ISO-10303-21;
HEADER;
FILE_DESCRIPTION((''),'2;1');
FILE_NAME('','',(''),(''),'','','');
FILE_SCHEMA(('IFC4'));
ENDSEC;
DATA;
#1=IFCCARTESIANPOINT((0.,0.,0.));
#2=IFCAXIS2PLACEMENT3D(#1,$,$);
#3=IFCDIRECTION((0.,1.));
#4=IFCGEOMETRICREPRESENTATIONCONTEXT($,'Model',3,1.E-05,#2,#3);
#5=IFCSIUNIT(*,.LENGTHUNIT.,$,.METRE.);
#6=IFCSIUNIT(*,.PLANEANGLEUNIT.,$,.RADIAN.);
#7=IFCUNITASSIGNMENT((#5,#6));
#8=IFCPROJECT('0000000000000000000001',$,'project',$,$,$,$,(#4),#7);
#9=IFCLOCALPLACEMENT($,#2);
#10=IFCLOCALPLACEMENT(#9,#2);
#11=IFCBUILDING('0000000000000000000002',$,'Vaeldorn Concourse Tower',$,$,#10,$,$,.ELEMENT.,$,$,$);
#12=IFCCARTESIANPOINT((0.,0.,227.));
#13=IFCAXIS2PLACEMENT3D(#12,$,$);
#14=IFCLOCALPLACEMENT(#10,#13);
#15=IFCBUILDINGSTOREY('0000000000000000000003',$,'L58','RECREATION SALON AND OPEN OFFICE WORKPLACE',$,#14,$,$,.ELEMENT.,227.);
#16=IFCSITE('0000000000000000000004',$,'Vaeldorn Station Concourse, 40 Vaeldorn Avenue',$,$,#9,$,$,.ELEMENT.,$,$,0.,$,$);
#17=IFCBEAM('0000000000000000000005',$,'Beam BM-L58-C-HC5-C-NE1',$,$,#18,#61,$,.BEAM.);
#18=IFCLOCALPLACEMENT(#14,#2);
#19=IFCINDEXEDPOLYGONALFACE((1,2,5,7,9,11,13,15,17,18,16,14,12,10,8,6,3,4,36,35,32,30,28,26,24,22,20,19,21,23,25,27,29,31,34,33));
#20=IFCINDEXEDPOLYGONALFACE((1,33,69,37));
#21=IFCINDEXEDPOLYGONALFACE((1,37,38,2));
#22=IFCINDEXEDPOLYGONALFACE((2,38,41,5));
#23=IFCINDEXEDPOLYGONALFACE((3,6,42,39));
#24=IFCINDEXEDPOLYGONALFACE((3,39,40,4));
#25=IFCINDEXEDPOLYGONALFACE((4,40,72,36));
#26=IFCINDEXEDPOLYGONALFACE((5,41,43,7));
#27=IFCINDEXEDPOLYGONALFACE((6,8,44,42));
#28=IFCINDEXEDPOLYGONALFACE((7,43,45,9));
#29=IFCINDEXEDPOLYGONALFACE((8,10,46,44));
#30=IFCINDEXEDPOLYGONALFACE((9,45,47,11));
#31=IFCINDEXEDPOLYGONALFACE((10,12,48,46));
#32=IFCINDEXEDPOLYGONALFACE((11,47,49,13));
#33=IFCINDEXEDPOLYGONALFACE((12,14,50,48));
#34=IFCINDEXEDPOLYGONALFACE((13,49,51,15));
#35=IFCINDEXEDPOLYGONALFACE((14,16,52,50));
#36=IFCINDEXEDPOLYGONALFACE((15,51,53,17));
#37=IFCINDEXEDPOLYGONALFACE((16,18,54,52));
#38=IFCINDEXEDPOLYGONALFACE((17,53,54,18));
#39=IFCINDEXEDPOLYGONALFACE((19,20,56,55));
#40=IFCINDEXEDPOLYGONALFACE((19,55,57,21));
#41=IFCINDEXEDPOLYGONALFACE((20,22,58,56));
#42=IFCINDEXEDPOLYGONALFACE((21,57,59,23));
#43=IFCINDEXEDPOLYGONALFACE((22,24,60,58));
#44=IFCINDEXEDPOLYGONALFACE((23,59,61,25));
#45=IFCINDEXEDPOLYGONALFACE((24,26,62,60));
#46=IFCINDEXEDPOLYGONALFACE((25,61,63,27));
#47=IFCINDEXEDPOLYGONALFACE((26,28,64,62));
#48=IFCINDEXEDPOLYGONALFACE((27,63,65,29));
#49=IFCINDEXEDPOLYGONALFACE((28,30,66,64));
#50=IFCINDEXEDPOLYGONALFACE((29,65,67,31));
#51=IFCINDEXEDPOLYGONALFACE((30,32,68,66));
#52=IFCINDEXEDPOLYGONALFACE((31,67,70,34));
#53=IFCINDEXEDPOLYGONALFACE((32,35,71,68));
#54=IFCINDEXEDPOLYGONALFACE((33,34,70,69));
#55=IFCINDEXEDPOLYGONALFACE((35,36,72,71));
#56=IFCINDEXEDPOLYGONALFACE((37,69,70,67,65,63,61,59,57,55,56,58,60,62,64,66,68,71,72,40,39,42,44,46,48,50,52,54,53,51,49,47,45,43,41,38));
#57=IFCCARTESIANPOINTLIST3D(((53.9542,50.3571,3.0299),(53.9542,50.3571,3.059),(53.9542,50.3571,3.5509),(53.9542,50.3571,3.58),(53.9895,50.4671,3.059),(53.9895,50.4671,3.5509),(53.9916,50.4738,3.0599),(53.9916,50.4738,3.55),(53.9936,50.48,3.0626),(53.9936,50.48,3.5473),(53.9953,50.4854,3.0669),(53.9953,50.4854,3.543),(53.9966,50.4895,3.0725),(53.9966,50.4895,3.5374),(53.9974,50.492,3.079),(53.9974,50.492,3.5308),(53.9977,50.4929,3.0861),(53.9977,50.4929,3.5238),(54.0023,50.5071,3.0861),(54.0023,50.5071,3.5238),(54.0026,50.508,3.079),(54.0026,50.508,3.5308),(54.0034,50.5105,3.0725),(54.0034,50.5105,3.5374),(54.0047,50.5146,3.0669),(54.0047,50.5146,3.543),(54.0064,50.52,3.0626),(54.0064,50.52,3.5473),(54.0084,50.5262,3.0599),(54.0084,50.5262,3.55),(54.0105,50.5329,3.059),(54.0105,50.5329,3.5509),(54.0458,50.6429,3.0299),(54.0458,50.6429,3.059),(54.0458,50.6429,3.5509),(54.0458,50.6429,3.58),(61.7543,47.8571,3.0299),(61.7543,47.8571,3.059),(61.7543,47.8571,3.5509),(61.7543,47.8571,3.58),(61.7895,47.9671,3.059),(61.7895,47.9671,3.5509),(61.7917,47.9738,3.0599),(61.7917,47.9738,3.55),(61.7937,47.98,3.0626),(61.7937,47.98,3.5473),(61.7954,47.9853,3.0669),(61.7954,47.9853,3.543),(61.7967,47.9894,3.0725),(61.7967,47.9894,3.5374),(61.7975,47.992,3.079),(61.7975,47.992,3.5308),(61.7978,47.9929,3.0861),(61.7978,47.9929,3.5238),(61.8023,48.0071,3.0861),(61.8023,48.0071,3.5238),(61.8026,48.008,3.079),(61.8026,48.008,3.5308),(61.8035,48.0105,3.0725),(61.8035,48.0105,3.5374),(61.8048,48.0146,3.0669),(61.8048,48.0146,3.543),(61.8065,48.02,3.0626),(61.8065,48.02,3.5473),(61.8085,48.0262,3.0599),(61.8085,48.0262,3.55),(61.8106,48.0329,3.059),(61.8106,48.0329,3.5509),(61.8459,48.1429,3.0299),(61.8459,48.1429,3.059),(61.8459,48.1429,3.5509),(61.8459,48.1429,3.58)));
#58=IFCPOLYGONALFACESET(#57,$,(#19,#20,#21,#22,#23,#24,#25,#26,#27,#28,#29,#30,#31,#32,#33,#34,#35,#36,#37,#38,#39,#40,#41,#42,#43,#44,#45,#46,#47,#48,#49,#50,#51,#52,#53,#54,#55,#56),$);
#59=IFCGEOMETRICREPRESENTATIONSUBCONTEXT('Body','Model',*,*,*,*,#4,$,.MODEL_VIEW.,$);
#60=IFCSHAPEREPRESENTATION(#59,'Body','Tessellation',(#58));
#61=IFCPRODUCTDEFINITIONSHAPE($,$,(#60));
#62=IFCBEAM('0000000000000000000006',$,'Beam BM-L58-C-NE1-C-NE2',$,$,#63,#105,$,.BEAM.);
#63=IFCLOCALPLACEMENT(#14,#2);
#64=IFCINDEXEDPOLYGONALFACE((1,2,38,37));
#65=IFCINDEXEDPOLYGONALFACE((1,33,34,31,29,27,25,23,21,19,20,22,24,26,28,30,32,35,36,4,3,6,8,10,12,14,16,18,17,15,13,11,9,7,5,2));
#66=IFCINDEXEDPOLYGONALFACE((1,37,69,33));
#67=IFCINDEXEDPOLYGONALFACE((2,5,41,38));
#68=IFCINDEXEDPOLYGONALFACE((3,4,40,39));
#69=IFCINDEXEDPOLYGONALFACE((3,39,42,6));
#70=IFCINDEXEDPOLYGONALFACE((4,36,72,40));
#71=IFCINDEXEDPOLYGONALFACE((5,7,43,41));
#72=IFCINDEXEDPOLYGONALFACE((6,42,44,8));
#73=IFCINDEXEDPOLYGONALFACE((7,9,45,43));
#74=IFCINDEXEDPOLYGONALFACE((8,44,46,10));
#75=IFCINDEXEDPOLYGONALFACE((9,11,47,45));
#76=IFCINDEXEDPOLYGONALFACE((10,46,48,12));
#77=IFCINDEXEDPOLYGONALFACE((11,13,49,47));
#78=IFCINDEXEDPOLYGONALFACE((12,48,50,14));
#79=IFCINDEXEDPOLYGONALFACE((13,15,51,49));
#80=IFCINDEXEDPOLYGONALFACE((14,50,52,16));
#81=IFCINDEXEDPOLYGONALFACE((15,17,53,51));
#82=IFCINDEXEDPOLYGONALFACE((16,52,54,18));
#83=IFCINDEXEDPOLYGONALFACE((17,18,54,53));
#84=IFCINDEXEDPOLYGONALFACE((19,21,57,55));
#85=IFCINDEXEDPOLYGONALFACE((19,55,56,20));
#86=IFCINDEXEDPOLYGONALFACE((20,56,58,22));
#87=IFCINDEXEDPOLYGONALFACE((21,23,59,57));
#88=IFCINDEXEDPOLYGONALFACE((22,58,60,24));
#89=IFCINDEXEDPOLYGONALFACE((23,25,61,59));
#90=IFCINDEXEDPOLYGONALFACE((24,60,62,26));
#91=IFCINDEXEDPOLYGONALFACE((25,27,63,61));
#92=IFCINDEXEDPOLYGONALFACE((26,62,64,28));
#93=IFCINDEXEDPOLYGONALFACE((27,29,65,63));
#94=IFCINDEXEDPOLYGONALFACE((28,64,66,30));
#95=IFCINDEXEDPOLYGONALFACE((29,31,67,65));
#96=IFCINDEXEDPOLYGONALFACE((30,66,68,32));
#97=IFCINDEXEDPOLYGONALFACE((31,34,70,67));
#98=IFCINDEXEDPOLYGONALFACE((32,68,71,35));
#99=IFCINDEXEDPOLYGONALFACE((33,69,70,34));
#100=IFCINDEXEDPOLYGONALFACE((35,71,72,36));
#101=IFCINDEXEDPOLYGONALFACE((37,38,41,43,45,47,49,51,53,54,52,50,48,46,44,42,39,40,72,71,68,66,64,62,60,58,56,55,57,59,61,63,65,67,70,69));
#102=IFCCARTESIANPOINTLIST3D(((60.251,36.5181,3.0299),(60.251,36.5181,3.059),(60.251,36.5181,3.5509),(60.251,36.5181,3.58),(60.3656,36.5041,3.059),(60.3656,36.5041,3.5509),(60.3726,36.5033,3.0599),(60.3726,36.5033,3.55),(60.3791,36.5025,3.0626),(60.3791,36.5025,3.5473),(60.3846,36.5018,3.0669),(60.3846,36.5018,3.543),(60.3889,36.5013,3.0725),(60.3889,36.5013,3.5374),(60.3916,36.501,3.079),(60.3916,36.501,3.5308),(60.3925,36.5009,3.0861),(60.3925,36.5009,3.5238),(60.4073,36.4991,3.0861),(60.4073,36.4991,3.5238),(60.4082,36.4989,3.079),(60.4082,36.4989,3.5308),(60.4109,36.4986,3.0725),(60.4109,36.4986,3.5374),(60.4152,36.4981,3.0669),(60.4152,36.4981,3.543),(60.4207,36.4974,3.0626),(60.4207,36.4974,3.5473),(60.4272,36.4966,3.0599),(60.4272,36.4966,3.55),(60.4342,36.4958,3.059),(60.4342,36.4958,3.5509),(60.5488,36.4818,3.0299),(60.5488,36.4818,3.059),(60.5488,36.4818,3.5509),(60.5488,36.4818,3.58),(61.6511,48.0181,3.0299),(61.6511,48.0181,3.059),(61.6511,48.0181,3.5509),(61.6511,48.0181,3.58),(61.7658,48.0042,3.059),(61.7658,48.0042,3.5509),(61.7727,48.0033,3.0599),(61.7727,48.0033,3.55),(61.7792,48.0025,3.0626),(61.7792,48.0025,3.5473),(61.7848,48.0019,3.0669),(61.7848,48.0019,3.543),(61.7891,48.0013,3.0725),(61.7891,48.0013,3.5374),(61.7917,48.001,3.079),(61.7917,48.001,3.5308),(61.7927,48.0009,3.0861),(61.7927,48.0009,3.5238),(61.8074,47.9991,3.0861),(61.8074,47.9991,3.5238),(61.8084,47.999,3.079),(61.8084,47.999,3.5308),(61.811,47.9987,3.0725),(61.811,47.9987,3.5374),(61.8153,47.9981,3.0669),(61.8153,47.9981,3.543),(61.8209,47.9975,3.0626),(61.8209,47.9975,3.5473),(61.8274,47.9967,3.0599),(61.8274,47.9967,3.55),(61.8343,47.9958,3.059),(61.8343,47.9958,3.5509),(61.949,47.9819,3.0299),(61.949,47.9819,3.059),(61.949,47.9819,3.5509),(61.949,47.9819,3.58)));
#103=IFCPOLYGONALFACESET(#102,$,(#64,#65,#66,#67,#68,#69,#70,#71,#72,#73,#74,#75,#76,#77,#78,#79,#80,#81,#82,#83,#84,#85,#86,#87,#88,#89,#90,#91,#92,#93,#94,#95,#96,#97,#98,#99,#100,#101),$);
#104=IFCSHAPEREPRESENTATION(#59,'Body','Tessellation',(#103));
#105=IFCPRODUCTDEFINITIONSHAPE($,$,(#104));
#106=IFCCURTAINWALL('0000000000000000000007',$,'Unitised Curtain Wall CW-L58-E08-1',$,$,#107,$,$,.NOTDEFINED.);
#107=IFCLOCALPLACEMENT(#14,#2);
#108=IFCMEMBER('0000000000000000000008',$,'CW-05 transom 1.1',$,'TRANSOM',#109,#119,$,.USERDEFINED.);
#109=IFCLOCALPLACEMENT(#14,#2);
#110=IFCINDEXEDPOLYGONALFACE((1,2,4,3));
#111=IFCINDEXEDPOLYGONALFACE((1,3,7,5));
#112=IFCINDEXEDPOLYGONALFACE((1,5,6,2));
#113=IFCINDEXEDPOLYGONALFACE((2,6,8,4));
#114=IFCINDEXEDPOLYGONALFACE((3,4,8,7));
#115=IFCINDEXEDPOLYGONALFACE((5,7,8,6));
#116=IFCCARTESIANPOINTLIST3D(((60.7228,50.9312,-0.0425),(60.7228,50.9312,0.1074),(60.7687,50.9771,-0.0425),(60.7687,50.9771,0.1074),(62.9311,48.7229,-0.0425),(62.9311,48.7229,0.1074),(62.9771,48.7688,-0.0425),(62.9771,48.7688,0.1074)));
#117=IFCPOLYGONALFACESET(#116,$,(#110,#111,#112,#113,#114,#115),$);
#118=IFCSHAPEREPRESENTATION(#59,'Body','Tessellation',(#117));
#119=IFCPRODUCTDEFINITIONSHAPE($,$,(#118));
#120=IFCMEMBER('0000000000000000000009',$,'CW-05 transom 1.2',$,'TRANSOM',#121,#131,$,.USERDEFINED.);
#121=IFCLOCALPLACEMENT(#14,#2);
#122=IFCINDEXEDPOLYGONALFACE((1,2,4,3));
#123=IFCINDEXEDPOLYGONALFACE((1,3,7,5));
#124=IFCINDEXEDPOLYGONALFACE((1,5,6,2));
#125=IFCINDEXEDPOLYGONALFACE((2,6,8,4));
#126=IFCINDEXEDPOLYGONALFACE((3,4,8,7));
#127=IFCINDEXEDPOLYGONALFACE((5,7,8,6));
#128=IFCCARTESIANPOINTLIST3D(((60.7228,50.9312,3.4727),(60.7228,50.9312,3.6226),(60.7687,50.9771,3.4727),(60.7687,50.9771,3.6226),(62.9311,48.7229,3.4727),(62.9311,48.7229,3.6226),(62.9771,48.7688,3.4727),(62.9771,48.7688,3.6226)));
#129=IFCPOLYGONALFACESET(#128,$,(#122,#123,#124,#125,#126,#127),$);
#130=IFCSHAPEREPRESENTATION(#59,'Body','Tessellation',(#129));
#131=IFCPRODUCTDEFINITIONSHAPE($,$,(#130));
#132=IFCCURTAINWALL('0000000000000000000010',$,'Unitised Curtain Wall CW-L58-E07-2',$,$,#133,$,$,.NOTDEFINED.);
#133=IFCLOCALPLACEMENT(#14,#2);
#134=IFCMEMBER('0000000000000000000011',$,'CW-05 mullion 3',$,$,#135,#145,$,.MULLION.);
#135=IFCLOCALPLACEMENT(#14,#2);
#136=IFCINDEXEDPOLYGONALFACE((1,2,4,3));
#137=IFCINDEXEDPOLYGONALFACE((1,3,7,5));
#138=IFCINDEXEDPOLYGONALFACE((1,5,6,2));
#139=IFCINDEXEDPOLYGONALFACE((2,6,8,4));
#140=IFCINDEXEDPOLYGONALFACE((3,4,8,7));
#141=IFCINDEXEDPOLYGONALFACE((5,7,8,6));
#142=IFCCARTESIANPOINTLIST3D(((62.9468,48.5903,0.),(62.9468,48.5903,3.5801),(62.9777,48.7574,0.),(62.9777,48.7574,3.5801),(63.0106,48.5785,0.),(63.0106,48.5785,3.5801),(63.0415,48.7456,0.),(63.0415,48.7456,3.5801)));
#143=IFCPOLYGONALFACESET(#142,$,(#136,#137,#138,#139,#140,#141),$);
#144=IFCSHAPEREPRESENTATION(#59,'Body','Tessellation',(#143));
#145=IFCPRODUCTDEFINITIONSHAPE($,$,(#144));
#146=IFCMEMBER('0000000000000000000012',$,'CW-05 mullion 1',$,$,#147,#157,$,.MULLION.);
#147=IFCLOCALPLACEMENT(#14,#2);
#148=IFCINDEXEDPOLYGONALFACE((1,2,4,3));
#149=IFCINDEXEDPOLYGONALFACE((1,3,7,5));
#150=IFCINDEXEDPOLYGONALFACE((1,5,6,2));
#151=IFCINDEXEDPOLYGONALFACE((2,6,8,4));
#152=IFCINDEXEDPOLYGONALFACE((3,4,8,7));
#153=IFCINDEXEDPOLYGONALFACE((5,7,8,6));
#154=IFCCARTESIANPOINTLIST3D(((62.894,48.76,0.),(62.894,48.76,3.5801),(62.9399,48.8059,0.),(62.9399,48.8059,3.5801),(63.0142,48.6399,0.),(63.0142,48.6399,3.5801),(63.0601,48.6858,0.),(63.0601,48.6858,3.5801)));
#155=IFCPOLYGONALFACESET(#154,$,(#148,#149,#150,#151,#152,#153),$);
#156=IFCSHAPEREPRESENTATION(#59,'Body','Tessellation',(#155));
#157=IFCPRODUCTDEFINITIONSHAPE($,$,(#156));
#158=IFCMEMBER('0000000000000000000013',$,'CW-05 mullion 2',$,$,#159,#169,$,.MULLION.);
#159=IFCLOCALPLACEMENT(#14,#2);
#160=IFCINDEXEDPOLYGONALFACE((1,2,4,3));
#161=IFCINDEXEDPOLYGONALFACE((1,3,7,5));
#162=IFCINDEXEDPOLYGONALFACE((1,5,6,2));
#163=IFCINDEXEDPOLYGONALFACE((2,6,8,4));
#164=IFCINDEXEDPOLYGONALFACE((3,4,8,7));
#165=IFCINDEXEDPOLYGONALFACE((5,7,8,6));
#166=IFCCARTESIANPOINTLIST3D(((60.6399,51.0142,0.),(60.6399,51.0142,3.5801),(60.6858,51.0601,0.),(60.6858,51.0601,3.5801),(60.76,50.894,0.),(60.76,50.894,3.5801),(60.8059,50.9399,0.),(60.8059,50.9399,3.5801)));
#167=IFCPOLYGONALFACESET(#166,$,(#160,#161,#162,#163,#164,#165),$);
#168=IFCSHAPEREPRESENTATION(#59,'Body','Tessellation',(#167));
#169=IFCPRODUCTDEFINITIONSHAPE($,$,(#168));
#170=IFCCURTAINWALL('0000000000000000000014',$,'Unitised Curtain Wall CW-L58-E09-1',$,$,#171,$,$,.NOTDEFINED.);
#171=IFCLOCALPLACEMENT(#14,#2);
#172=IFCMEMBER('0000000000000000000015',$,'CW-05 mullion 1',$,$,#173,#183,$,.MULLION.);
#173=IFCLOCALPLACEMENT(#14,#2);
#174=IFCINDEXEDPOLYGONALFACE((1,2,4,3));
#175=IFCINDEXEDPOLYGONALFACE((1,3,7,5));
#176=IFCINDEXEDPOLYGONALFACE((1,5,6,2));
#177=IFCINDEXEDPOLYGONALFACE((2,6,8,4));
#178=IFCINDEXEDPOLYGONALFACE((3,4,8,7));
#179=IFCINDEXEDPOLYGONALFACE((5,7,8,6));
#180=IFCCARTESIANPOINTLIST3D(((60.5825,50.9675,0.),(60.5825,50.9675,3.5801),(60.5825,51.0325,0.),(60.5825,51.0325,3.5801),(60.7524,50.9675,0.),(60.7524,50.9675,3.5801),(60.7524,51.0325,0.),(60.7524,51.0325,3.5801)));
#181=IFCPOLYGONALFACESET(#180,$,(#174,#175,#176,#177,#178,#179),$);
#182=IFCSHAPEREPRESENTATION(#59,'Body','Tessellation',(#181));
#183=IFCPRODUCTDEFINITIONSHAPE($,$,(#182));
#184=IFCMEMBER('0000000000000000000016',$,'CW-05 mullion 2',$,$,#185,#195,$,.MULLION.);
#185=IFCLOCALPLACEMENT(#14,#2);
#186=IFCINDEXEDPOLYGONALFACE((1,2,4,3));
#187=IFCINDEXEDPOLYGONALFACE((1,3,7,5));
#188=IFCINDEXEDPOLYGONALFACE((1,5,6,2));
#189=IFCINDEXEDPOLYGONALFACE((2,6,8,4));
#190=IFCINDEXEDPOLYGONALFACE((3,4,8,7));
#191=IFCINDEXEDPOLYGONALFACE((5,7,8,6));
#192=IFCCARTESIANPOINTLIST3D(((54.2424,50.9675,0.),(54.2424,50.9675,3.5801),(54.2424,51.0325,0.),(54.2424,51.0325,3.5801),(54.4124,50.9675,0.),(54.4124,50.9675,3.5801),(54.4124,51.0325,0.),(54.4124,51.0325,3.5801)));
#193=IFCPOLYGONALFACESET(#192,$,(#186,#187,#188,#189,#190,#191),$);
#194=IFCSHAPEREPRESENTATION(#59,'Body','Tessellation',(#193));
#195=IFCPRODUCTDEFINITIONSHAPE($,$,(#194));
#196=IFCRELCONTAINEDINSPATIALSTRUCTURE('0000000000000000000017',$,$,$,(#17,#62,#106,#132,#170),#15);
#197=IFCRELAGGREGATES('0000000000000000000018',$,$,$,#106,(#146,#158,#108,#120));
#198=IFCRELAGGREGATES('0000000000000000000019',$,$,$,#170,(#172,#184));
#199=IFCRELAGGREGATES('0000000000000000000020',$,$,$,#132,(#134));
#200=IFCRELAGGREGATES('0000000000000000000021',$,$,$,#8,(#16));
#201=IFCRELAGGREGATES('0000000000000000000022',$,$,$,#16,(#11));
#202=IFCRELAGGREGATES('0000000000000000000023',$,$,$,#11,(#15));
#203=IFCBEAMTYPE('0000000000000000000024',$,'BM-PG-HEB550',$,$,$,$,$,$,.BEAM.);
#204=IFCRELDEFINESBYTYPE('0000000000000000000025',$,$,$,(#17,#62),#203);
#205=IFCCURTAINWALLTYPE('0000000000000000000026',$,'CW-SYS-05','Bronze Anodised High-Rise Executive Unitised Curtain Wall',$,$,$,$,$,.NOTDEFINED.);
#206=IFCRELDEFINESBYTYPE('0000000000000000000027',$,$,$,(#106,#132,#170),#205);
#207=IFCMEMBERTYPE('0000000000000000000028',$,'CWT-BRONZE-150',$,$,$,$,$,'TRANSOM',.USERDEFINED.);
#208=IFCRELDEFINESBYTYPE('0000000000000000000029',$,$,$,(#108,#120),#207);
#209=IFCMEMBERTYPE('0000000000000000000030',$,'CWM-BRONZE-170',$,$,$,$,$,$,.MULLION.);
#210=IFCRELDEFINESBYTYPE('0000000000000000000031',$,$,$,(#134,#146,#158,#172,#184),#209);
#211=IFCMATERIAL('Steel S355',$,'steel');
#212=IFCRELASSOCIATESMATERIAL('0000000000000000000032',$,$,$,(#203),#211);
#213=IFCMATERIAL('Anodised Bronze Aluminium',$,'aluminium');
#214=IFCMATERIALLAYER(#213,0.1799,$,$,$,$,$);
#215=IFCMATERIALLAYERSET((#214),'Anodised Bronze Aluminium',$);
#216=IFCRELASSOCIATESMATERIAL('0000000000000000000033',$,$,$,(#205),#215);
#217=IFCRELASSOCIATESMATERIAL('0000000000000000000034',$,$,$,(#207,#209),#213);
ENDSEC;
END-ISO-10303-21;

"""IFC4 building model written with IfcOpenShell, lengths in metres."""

from ifc_helpers import new_model, si_unit, direction, frame, origin, origin_2d, place, context, subcontext, project, spatial, rectangle, i_section, extrude, source, transform, mapped, material, layer, layer_set, material_profile, profile_set, type_object, element, aggregate, save


model = new_model("IFC4")

# Units and contexts
model_context = context("Model", 3, precision=1e-05, world=origin(), true_north=direction((0.0, 1.0)))
body_context = subcontext(model_context, "Body", "Model", "MODEL_VIEW")
ifc_project = project(units=[si_unit("LENGTHUNIT", "METRE"), si_unit("PLANEANGLEUNIT", "RADIAN")], contexts=[model_context])

# Site, building, storey
site_placement = place(None, origin())
site = spatial("IfcSite", under=ifc_project, at=site_placement, Name="Vaeldorn Station Concourse, 40 Vaeldorn Avenue", CompositionType="ELEMENT", RefElevation=0.0)
building_placement = place(site_placement, origin())
building = spatial("IfcBuilding", under=site, at=building_placement, Name="Vaeldorn Concourse Tower", CompositionType="ELEMENT")
storey_placement = place(building_placement, frame((0.0, 0.0, 227.0)))
storey = spatial("IfcBuildingStorey", under=building, at=storey_placement, Name="L58", Description="RECREATION SALON AND OPEN OFFICE WORKPLACE", CompositionType="ELEMENT", Elevation=227.0)

# Shared definitions
ifc_material_1 = material(Name="Steel S355", Category="steel")

# Beams
ifc_material_profile_1 = material_profile(ifc_material_1, i_section(OverallWidth=0.3, OverallDepth=0.55, WebThickness=0.0149, FlangeThickness=0.0291, FilletRadius=0.0271, at=origin_2d()), Name="HEB 550")
ifc_profile_set_1 = profile_set([ifc_material_profile_1], Name="Steel S355")
beam_type_1 = type_object("IfcBeamType", Name="BM-PG-HEB550", PredefinedType="BEAM", material=ifc_profile_set_1)
shared_shape_1 = source(origin(), body_context, "Body", "SweptSolid", [
    extrude(i_section(OverallWidth=0.3, OverallDepth=0.55, WebThickness=0.0149, FlangeThickness=0.0291, FilletRadius=0.0271, at=origin_2d()), origin(), (0.0, 0.0, 1.0), 8.1909),
])
beam_1_placement = place(storey_placement, frame((54.0, 50.5, 3.3049), z_axis=(0.952283, -0.305217, 0.0), x_axis=(0.305217, 0.952283, 0.0)))
element("IfcBeam", 1, at=beam_1_placement, inside=storey, type_object=beam_type_1, Name="Beam BM-L58-C-HC5-C-NE1", PredefinedType="BEAM", context=body_context, shape_type="MappedRepresentation", body=[
    mapped(shared_shape_1, transform((0.0, 0.0, 0.0), scale=1.0)),
])
shared_shape_2 = source(origin(), body_context, "Body", "SweptSolid", [
    extrude(i_section(OverallWidth=0.3, OverallDepth=0.55, WebThickness=0.0149, FlangeThickness=0.0291, FilletRadius=0.0271, at=origin_2d()), origin(), (0.0, 0.0, 1.0), 11.585),
])
beam_2_placement = place(storey_placement, frame((61.8, 48.0, 3.3049), z_axis=(-0.120859, -0.99267, 0.0), x_axis=(0.99267, -0.120859, 0.0)))
element("IfcBeam", 2, at=beam_2_placement, inside=storey, type_object=beam_type_1, Name="Beam BM-L58-C-NE1-C-NE2", PredefinedType="BEAM", context=body_context, shape_type="MappedRepresentation", body=[
    mapped(shared_shape_2, transform((0.0, 0.0, 0.0), scale=1.0)),
])

# Curtain wall, members
ifc_material_2 = material(Name="Anodised Bronze Aluminium", Category="aluminium")
ifc_layer_1 = layer(ifc_material_2, 0.1799)
ifc_layer_set_1 = layer_set([ifc_layer_1], Name="Anodised Bronze Aluminium")
curtain_wall_type = type_object("IfcCurtainWallType", Name="CW-SYS-05", Description="Bronze Anodised High-Rise Executive Unitised Curtain Wall", PredefinedType="NOTDEFINED", material=ifc_layer_set_1)
curtain_wall_1_placement = place(storey_placement, origin())
curtain_wall_1 = element("IfcCurtainWall", 3, at=curtain_wall_1_placement, inside=storey, type_object=curtain_wall_type, Name="Unitised Curtain Wall CW-L58-E08-1", PredefinedType="NOTDEFINED")
ifc_material_profile_2 = material_profile(ifc_material_2, rectangle(XDim=0.0649, YDim=0.1499, at=origin_2d()), Name="CWT 65x150")
ifc_profile_set_2 = profile_set([ifc_material_profile_2], Name="Anodised Bronze Aluminium")
member_type_1 = type_object("IfcMemberType", Name="CWT-BRONZE-150", ElementType="TRANSOM", PredefinedType="USERDEFINED", material=ifc_profile_set_2)
shared_shape_3 = source(origin(), body_context, "Body", "SweptSolid", [
    extrude(rectangle(XDim=0.0649, YDim=0.1499, at=origin_2d()), origin(), (0.0, 0.0, 1.0), 3.123),
])
member_1_placement = place(storey_placement, frame((62.9541, 48.7458, 0.0325), z_axis=(-0.707107, 0.707107, 0.0), x_axis=(-0.707107, -0.707107, 0.0)))
member_1 = element("IfcMember", 4, at=member_1_placement, type_object=member_type_1, Name="CW-05 transom 1.1", ObjectType="TRANSOM", PredefinedType="USERDEFINED", context=body_context, shape_type="MappedRepresentation", body=[
    mapped(shared_shape_3, transform((0.0, 0.0, 0.0), scale=1.0)),
])
member_2_placement = place(storey_placement, frame((62.9541, 48.7458, 3.5476), z_axis=(-0.707107, 0.707107, 0.0), x_axis=(-0.707107, -0.707107, 0.0)))
member_2 = element("IfcMember", 5, at=member_2_placement, type_object=member_type_1, Name="CW-05 transom 1.2", ObjectType="TRANSOM", PredefinedType="USERDEFINED", context=body_context, shape_type="MappedRepresentation", body=[
    mapped(shared_shape_3, transform((0.0, 0.0, 0.0), scale=1.0)),
])

# Curtain wall, member
curtain_wall_2_placement = place(storey_placement, origin())
curtain_wall_2 = element("IfcCurtainWall", 6, at=curtain_wall_2_placement, inside=storey, type_object=curtain_wall_type, Name="Unitised Curtain Wall CW-L58-E07-2", PredefinedType="NOTDEFINED")
ifc_material_profile_3 = material_profile(ifc_material_2, rectangle(XDim=0.0649, YDim=0.1699, at=origin_2d()), Name="CWM 65x170")
ifc_profile_set_3 = profile_set([ifc_material_profile_3], Name="Anodised Bronze Aluminium")
member_type_2 = type_object("IfcMemberType", Name="CWM-BRONZE-170", PredefinedType="MULLION", material=ifc_profile_set_3)
shared_shape_4 = source(origin(), body_context, "Body", "SweptSolid", [
    extrude(rectangle(XDim=0.0649, YDim=0.1699, at=origin_2d()), origin(), (0.0, 0.0, 1.0), 3.5801),
])
member_3_placement = place(storey_placement, frame((62.9941, 48.668, 0.0), z_axis=(0.0, 0.0, 1.0), x_axis=(-0.983319, 0.181888, 0.0)))
member_3 = element("IfcMember", 7, at=member_3_placement, type_object=member_type_2, Name="CW-05 mullion 3", PredefinedType="MULLION", context=body_context, shape_type="MappedRepresentation", body=[
    mapped(shared_shape_4, transform((0.0, 0.0, 0.0), scale=1.0)),
])

# Members
member_4_placement = place(storey_placement, frame((62.9771, 48.7229, 0.0), z_axis=(0.0, 0.0, 1.0), x_axis=(-0.707107, -0.707107, 0.0)))
member_4 = element("IfcMember", 8, at=member_4_placement, type_object=member_type_2, Name="CW-05 mullion 1", PredefinedType="MULLION", context=body_context, shape_type="MappedRepresentation", body=[
    mapped(shared_shape_4, transform((0.0, 0.0, 0.0), scale=1.0)),
])
member_5_placement = place(storey_placement, frame((60.7229, 50.9771, 0.0), z_axis=(0.0, 0.0, 1.0), x_axis=(-0.707107, -0.707107, 0.0)))
member_5 = element("IfcMember", 9, at=member_5_placement, type_object=member_type_2, Name="CW-05 mullion 2", PredefinedType="MULLION", context=body_context, shape_type="MappedRepresentation", body=[
    mapped(shared_shape_4, transform((0.0, 0.0, 0.0), scale=1.0)),
])

# Curtain wall, members
curtain_wall_3_placement = place(storey_placement, origin())
curtain_wall_3 = element("IfcCurtainWall", 10, at=curtain_wall_3_placement, inside=storey, type_object=curtain_wall_type, Name="Unitised Curtain Wall CW-L58-E09-1", PredefinedType="NOTDEFINED")
member_6_placement = place(storey_placement, frame((60.6675, 51.0, 0.0), z_axis=(0.0, 0.0, 1.0), x_axis=(0.0, -1.0, 0.0)))
member_6 = element("IfcMember", 11, at=member_6_placement, type_object=member_type_2, Name="CW-05 mullion 1", PredefinedType="MULLION", context=body_context, shape_type="MappedRepresentation", body=[
    mapped(shared_shape_4, transform((0.0, 0.0, 0.0), scale=1.0)),
])
member_7_placement = place(storey_placement, frame((54.3274, 51.0, 0.0), z_axis=(0.0, 0.0, 1.0), x_axis=(0.0, -1.0, 0.0)))
member_7 = element("IfcMember", 12, at=member_7_placement, type_object=member_type_2, Name="CW-05 mullion 2", PredefinedType="MULLION", context=body_context, shape_type="MappedRepresentation", body=[
    mapped(shared_shape_4, transform((0.0, 0.0, 0.0), scale=1.0)),
])

aggregate(curtain_wall_1, [member_4, member_5, member_1, member_2])
aggregate(curtain_wall_3, [member_6, member_7])
aggregate(curtain_wall_2, [member_3])

save(model, "model.ifc")
